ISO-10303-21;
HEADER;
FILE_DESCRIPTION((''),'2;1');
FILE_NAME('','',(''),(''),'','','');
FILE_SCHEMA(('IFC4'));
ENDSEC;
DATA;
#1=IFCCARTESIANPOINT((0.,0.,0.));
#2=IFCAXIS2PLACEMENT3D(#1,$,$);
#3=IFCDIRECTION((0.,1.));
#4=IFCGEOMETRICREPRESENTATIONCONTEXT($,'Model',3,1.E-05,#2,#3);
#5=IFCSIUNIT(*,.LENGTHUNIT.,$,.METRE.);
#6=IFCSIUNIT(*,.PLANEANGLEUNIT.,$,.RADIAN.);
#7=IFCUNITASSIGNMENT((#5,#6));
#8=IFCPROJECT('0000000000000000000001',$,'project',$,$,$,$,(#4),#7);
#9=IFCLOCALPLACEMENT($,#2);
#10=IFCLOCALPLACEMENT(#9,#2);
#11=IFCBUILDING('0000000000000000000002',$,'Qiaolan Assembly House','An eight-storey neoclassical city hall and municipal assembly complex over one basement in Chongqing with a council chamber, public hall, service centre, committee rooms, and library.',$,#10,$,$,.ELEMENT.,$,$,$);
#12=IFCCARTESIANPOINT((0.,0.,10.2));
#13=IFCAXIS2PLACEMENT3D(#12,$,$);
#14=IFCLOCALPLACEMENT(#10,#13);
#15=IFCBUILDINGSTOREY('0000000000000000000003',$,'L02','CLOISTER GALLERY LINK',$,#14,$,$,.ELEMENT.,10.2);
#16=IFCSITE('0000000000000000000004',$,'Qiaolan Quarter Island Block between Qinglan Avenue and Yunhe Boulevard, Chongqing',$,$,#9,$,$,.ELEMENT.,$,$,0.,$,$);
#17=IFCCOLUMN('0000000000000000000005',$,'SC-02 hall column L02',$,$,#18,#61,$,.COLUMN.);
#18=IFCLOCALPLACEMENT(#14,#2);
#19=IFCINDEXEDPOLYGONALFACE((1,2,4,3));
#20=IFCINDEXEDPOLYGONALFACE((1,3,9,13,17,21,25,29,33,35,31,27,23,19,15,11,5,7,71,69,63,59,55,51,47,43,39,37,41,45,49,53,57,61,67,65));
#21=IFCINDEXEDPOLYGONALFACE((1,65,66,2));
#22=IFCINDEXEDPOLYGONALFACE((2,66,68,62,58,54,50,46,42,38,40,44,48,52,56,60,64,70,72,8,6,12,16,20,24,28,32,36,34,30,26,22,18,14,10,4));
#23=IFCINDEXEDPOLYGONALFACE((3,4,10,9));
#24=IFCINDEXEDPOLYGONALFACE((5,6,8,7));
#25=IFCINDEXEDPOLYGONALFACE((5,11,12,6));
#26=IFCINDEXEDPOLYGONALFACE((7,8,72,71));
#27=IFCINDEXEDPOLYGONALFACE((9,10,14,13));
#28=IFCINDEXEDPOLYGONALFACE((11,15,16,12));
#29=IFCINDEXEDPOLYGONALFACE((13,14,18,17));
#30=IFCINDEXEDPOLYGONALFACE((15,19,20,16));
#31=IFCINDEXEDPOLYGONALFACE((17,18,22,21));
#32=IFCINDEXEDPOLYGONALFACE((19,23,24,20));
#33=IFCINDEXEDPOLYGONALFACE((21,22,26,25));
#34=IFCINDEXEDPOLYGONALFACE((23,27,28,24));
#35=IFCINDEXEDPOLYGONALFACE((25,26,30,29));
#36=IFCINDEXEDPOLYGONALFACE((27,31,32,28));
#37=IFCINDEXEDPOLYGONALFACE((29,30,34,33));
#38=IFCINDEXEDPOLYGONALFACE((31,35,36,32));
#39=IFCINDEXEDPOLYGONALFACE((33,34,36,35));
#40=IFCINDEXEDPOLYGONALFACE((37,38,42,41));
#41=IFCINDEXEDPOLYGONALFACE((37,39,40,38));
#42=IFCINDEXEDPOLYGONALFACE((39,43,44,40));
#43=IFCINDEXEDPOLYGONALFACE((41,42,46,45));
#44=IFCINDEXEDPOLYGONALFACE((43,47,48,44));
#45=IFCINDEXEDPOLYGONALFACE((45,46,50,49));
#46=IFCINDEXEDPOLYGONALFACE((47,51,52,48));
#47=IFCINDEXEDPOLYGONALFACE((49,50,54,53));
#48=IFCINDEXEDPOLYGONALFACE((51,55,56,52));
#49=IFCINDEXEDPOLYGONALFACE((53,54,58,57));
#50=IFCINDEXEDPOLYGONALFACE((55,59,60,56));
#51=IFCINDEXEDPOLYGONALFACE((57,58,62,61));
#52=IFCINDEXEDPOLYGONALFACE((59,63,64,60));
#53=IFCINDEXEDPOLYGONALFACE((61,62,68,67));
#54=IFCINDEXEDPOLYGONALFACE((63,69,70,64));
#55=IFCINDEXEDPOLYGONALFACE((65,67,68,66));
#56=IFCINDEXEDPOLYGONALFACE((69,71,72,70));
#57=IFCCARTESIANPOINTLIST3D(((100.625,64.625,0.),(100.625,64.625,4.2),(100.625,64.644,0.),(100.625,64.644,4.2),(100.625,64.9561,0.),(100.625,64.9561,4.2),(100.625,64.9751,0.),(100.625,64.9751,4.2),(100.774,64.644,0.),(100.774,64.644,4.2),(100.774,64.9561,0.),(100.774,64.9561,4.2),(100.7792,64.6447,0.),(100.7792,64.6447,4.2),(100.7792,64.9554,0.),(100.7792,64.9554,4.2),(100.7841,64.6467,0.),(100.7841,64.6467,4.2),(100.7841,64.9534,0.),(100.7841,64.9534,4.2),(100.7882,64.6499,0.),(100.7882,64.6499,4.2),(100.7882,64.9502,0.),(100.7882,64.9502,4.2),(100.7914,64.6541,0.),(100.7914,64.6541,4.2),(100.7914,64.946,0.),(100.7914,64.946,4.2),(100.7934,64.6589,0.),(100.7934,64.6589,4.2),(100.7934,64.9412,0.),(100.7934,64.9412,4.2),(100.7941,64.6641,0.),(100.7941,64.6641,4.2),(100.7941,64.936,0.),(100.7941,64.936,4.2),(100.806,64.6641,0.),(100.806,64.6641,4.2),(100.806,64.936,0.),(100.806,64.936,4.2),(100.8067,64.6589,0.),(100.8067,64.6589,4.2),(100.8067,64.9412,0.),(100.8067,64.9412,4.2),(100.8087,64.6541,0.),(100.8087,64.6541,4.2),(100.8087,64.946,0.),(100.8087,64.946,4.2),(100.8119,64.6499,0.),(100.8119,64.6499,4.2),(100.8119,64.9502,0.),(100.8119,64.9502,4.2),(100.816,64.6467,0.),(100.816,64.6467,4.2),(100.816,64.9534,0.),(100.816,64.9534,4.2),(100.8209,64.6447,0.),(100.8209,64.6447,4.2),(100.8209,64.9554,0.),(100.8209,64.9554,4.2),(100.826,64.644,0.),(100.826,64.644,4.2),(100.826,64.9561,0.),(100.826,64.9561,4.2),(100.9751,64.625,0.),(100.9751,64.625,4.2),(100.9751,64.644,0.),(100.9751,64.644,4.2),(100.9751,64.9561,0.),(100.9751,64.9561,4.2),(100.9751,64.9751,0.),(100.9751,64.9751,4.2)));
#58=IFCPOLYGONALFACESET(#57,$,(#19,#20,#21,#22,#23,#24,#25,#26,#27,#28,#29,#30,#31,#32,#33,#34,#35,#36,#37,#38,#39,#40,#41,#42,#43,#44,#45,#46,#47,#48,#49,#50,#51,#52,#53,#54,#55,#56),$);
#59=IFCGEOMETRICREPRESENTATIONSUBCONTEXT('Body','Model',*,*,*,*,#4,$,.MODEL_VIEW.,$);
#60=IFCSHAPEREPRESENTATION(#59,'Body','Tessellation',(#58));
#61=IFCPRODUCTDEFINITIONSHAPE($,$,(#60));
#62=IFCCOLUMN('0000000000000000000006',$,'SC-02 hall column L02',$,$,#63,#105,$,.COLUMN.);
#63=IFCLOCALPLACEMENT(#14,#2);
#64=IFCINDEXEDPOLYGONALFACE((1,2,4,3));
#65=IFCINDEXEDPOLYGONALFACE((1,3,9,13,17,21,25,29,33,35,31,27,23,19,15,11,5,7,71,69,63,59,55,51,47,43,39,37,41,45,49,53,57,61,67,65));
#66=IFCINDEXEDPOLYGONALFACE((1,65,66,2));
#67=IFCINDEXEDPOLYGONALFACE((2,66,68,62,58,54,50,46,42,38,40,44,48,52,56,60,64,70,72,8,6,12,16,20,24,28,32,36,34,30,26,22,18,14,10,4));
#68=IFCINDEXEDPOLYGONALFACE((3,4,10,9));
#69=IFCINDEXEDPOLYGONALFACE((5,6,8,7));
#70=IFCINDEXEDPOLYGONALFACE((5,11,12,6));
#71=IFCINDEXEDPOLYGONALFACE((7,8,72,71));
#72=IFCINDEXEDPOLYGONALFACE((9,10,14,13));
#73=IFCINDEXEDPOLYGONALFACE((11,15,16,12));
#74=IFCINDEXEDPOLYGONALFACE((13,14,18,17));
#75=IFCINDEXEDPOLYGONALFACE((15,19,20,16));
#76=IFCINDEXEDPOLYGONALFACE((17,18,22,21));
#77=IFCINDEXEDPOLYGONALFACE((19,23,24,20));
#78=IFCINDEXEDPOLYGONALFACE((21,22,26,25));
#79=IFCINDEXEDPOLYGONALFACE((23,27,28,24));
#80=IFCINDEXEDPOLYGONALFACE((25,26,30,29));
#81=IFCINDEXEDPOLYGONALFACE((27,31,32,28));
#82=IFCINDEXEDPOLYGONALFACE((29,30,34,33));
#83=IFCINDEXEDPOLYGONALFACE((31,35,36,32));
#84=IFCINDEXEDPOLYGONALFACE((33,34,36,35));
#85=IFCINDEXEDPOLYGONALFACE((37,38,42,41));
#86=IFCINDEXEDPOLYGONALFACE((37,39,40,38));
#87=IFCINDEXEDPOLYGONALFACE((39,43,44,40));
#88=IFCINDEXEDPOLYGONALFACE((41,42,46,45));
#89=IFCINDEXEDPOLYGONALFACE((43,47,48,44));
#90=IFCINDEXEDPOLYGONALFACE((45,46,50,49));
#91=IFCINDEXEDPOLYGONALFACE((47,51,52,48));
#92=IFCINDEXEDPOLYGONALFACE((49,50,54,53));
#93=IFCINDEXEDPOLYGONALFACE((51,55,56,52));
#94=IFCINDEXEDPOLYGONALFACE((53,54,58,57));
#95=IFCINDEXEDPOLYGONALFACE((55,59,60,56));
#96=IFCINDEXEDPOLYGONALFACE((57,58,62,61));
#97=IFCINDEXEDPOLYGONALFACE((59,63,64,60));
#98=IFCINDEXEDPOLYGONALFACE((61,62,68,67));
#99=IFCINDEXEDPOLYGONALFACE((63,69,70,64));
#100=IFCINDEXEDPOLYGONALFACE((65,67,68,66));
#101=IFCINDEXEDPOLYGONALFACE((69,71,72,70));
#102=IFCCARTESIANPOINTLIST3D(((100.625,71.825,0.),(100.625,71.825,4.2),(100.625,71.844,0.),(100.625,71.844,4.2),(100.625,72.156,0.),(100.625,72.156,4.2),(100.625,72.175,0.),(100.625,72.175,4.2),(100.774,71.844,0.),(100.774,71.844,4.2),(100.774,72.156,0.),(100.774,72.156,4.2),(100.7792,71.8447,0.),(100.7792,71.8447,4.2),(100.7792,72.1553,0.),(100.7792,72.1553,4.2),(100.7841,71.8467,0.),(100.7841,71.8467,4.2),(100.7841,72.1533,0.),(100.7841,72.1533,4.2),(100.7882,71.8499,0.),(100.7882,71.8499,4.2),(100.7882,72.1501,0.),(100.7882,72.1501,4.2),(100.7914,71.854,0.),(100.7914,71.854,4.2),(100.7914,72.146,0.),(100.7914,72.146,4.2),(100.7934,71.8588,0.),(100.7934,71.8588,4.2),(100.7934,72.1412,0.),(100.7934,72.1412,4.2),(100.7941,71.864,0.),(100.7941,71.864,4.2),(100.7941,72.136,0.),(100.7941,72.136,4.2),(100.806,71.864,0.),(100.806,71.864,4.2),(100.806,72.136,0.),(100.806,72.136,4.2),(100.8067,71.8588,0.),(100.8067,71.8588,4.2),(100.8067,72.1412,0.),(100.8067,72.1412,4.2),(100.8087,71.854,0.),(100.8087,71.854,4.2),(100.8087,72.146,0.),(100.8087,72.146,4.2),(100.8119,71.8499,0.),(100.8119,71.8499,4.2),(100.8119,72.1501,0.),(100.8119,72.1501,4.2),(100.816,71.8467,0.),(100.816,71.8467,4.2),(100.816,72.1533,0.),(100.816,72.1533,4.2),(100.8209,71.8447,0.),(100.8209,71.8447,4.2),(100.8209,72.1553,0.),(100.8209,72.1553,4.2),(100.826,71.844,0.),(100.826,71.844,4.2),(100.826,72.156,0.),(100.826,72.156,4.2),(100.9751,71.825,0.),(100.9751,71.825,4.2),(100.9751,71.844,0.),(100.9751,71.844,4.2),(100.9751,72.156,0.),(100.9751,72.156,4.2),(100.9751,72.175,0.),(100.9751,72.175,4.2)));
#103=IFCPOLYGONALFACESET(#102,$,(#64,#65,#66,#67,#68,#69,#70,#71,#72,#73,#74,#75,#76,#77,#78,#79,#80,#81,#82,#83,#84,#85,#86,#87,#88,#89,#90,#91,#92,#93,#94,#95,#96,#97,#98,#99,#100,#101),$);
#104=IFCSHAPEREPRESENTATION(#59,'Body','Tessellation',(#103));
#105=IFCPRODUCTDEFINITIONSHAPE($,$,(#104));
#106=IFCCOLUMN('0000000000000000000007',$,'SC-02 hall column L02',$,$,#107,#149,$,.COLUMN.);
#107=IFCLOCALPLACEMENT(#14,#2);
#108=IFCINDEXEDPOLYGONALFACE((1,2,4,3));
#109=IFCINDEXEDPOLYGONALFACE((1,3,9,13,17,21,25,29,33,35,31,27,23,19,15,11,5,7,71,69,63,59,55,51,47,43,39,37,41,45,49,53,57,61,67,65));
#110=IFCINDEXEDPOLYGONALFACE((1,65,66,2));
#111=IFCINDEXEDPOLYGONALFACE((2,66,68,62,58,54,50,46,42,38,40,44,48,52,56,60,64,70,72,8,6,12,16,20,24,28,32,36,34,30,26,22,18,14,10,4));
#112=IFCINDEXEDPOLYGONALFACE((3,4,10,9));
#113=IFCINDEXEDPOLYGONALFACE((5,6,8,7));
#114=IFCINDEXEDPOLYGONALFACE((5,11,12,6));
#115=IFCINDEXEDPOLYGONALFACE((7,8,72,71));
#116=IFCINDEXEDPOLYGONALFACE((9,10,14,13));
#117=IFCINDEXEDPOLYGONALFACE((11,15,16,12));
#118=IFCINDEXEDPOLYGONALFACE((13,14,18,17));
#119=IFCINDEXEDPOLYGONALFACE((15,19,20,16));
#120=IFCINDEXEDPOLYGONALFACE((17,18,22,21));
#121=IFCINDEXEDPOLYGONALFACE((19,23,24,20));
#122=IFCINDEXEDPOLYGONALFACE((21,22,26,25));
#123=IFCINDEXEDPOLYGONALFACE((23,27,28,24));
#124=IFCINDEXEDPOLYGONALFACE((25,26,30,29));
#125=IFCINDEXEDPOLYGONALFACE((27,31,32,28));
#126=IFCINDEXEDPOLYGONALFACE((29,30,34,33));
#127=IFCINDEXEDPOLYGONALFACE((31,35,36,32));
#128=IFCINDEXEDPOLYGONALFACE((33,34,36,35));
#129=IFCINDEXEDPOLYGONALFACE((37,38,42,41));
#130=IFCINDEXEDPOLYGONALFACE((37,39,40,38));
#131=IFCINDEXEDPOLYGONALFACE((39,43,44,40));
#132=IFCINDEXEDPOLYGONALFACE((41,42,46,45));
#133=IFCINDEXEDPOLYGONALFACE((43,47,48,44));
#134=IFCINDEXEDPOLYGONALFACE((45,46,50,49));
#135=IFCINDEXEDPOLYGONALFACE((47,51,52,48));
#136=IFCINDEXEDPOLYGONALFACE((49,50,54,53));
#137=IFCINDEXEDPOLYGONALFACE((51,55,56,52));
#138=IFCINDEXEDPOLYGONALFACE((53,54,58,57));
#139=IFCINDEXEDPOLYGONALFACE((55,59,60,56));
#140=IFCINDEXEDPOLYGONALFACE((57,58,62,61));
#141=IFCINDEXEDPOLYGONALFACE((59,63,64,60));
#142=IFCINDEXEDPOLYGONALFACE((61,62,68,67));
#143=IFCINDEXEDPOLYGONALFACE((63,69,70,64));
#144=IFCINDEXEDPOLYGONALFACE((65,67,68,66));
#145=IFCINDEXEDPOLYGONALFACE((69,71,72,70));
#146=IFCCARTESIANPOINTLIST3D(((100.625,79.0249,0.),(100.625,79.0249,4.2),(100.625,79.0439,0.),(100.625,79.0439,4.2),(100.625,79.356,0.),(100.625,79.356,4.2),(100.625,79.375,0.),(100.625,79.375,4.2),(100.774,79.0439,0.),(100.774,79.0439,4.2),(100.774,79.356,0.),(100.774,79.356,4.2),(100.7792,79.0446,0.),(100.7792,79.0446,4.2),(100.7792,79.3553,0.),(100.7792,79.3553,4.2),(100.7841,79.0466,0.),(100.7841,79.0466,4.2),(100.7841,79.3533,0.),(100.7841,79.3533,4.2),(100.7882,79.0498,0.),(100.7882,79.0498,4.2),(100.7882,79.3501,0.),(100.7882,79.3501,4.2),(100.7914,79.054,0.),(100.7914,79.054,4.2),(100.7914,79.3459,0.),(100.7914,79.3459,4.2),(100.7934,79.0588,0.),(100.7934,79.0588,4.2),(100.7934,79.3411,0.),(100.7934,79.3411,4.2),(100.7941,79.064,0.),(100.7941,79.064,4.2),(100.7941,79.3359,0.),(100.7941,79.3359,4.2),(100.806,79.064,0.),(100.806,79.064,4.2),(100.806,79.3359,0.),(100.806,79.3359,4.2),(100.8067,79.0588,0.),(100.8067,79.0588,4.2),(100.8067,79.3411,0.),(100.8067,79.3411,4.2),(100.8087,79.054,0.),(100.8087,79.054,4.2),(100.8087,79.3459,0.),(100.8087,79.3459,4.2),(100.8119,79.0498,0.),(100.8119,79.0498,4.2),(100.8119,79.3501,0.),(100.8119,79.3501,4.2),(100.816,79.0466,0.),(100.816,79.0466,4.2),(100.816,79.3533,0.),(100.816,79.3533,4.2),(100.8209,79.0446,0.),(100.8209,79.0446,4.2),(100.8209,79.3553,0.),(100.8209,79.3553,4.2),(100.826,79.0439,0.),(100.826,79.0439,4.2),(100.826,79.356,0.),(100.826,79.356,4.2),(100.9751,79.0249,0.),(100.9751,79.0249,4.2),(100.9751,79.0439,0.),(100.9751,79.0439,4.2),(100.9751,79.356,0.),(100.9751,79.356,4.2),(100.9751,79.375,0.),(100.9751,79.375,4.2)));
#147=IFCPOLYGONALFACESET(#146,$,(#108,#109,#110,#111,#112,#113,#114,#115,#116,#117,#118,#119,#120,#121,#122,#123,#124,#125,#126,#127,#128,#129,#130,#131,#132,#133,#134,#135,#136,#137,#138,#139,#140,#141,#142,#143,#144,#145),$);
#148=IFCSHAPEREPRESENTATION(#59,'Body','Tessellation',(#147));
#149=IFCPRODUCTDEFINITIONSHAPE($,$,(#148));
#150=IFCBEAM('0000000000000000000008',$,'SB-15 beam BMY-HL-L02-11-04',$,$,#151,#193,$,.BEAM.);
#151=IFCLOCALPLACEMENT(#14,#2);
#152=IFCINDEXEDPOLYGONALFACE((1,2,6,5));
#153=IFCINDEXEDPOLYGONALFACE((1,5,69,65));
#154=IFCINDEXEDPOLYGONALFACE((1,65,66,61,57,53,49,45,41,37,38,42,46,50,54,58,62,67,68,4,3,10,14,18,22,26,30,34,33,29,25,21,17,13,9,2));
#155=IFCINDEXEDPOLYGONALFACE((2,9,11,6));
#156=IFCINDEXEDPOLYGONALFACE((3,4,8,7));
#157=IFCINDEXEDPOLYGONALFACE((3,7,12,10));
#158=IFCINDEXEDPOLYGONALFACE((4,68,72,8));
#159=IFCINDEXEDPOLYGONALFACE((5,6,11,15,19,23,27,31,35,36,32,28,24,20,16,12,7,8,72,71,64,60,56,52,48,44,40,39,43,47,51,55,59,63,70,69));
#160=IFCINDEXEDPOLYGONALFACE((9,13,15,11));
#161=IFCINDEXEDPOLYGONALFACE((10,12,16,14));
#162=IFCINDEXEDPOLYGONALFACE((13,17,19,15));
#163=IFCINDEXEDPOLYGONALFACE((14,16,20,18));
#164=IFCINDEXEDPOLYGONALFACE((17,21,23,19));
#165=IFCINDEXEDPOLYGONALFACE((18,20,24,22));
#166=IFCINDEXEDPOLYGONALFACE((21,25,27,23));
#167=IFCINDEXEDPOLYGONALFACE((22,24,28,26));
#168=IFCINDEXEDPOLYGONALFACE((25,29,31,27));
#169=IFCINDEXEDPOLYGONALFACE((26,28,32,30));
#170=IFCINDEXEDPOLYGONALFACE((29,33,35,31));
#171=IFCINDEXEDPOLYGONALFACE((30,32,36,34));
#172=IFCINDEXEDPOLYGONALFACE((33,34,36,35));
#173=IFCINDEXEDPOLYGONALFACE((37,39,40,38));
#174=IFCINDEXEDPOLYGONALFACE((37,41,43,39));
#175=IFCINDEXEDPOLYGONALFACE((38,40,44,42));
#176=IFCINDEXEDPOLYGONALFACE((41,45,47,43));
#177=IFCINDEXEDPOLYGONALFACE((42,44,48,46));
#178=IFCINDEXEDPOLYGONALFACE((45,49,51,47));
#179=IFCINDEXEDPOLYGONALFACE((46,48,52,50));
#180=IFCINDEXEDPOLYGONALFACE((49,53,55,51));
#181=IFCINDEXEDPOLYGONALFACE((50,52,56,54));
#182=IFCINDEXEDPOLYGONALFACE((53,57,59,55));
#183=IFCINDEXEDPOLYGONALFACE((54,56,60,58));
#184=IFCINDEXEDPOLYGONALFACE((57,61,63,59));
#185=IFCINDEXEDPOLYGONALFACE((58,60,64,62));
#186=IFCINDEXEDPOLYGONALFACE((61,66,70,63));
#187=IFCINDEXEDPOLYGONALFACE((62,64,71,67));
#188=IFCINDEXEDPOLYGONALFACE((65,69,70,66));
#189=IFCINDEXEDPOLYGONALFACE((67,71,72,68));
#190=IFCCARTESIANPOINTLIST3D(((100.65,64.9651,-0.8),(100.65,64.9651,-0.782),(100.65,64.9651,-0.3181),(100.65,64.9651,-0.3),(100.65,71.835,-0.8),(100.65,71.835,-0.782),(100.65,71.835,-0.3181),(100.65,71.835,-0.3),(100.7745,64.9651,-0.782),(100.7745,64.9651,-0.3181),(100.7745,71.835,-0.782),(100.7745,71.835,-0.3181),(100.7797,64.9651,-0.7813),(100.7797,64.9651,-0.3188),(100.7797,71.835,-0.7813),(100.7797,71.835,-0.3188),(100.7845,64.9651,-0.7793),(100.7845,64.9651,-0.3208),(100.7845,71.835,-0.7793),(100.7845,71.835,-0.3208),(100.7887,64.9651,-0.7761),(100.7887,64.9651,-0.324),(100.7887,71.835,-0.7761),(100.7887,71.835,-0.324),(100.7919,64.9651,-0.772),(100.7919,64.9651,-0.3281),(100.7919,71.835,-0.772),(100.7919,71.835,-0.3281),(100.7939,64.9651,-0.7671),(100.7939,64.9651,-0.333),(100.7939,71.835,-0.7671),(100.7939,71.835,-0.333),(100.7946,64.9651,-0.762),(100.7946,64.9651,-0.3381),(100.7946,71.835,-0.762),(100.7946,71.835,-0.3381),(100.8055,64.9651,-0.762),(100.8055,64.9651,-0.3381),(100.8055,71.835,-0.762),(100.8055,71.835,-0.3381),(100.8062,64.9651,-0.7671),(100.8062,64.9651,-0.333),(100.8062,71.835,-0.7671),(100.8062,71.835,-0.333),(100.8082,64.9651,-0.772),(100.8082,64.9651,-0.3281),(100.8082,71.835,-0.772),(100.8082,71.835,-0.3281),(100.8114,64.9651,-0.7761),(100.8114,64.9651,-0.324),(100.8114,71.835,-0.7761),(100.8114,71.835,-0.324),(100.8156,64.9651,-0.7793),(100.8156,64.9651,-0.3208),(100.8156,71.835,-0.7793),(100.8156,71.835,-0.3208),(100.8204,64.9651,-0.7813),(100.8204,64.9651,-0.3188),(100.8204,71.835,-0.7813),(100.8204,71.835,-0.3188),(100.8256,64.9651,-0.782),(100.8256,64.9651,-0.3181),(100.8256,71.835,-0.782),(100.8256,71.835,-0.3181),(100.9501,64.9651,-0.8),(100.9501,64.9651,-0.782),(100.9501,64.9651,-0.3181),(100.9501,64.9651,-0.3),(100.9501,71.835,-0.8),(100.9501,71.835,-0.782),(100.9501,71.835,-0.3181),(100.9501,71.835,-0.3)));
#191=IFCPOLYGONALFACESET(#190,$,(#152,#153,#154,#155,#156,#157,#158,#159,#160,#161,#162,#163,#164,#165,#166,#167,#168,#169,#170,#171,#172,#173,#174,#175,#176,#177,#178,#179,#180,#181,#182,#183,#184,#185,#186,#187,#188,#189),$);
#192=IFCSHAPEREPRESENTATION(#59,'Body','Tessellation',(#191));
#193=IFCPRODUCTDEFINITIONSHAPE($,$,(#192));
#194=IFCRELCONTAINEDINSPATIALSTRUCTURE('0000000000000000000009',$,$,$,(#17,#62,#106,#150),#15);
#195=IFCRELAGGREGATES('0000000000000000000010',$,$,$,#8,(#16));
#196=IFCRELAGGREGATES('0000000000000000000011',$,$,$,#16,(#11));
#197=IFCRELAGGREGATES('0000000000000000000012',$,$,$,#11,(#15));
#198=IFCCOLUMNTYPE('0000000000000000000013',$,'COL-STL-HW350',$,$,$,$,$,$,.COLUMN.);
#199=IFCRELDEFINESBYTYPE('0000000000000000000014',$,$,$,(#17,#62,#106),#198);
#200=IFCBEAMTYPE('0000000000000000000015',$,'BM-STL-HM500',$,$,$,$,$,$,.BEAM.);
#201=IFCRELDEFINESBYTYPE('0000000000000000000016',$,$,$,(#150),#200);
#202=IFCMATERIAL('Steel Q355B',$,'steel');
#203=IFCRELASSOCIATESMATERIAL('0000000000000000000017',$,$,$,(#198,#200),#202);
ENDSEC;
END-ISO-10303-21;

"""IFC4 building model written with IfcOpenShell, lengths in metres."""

from ifc_helpers import new_model, si_unit, direction, frame, origin, origin_2d, place, context, subcontext, project, spatial, i_section, extrude, material, material_profile, profile_set, type_object, element, save


model = new_model("IFC4")

# Units and contexts
model_context = context("Model", 3, precision=1e-05, world=origin(), true_north=direction((0.0, 1.0)))
body_context = subcontext(model_context, "Body", "Model", "MODEL_VIEW")
ifc_project = project(units=[si_unit("LENGTHUNIT", "METRE"), si_unit("PLANEANGLEUNIT", "RADIAN")], contexts=[model_context])

# Site, building, storey
site_placement = place(None, origin())
site = spatial("IfcSite", under=ifc_project, at=site_placement, Name="Qiaolan Quarter Island Block between Qinglan Avenue and Yunhe Boulevard, Chongqing", CompositionType="ELEMENT", RefElevation=0.0)
building_placement = place(site_placement, origin())
building = spatial("IfcBuilding", under=site, at=building_placement, Name="Qiaolan Assembly House", Description="An eight-storey neoclassical city hall and municipal assembly complex over one basement in Chongqing with a council chamber, public hall, service centre, committee rooms, and library.", CompositionType="ELEMENT")
storey_placement = place(building_placement, frame((0.0, 0.0, 10.2)))
storey = spatial("IfcBuildingStorey", under=building, at=storey_placement, Name="L02", Description="CLOISTER GALLERY LINK", CompositionType="ELEMENT", Elevation=10.2)

# Columns
ifc_material = material(Name="Steel Q355B", Category="steel")
ifc_material_profile_1 = material_profile(ifc_material, i_section(OverallWidth=0.3501, OverallDepth=0.3501, WebThickness=0.012, FlangeThickness=0.019, FilletRadius=0.02, at=origin_2d()), Name="HW 350x350x12x19")
ifc_profile_set_1 = profile_set([ifc_material_profile_1], Name="Steel Q355B")
column_type = type_object("IfcColumnType", Name="COL-STL-HW350", PredefinedType="COLUMN", material=ifc_profile_set_1)
for number, where, z_axis, x_axis, name in (
    (1, (100.8, 64.8, 0.0), (0.0, 0.0, 1.0), (1.0, 0.0, 0.0), "SC-02 hall column L02"),
    (2, (100.8, 72.0, 0.0), (0.0, 0.0, 1.0), (1.0, 0.0, 0.0), "SC-02 hall column L02"),
    (3, (100.8, 79.2, 0.0), (0.0, 0.0, 1.0), (1.0, 0.0, 0.0), "SC-02 hall column L02"),
):
    element("IfcColumn", number, at=place(storey_placement, frame(where, z_axis=z_axis, x_axis=x_axis)), inside=storey, type_object=column_type, Name=name, PredefinedType="COLUMN", context=body_context, shape_type="SweptSolid", body=[
        extrude(i_section(OverallWidth=0.3501, OverallDepth=0.3501, WebThickness=0.012, FlangeThickness=0.019, FilletRadius=0.02, at=origin_2d()), origin(), (0.0, 0.0, 1.0), 4.2),
    ])

# Beam
ifc_material_profile_2 = material_profile(ifc_material, i_section(OverallWidth=0.3, OverallDepth=0.5, WebThickness=0.011, FlangeThickness=0.0181, FilletRadius=0.02, at=origin_2d()), Name="HM 500x300x11x18")
ifc_profile_set_2 = profile_set([ifc_material_profile_2], Name="Steel Q355B")
beam_type_1 = type_object("IfcBeamType", Name="BM-STL-HM500", PredefinedType="BEAM", material=ifc_profile_set_2)
for number, where, z_axis, x_axis, name in (
    (4, (100.8, 64.9651, -0.55), (0.0, 1.0, 0.0), (-1.0, 0.0, 0.0), "SB-15 beam BMY-HL-L02-11-04"),
):
    element("IfcBeam", number, at=place(storey_placement, frame(where, z_axis=z_axis, x_axis=x_axis)), inside=storey, type_object=beam_type_1, Name=name, PredefinedType="BEAM", context=body_context, shape_type="SweptSolid", body=[
        extrude(i_section(OverallWidth=0.3, OverallDepth=0.5, WebThickness=0.011, FlangeThickness=0.0181, FilletRadius=0.02, at=origin_2d()), origin(), (0.0, 0.0, 1.0), 6.8699),
    ])

save(model, "model.ifc")
